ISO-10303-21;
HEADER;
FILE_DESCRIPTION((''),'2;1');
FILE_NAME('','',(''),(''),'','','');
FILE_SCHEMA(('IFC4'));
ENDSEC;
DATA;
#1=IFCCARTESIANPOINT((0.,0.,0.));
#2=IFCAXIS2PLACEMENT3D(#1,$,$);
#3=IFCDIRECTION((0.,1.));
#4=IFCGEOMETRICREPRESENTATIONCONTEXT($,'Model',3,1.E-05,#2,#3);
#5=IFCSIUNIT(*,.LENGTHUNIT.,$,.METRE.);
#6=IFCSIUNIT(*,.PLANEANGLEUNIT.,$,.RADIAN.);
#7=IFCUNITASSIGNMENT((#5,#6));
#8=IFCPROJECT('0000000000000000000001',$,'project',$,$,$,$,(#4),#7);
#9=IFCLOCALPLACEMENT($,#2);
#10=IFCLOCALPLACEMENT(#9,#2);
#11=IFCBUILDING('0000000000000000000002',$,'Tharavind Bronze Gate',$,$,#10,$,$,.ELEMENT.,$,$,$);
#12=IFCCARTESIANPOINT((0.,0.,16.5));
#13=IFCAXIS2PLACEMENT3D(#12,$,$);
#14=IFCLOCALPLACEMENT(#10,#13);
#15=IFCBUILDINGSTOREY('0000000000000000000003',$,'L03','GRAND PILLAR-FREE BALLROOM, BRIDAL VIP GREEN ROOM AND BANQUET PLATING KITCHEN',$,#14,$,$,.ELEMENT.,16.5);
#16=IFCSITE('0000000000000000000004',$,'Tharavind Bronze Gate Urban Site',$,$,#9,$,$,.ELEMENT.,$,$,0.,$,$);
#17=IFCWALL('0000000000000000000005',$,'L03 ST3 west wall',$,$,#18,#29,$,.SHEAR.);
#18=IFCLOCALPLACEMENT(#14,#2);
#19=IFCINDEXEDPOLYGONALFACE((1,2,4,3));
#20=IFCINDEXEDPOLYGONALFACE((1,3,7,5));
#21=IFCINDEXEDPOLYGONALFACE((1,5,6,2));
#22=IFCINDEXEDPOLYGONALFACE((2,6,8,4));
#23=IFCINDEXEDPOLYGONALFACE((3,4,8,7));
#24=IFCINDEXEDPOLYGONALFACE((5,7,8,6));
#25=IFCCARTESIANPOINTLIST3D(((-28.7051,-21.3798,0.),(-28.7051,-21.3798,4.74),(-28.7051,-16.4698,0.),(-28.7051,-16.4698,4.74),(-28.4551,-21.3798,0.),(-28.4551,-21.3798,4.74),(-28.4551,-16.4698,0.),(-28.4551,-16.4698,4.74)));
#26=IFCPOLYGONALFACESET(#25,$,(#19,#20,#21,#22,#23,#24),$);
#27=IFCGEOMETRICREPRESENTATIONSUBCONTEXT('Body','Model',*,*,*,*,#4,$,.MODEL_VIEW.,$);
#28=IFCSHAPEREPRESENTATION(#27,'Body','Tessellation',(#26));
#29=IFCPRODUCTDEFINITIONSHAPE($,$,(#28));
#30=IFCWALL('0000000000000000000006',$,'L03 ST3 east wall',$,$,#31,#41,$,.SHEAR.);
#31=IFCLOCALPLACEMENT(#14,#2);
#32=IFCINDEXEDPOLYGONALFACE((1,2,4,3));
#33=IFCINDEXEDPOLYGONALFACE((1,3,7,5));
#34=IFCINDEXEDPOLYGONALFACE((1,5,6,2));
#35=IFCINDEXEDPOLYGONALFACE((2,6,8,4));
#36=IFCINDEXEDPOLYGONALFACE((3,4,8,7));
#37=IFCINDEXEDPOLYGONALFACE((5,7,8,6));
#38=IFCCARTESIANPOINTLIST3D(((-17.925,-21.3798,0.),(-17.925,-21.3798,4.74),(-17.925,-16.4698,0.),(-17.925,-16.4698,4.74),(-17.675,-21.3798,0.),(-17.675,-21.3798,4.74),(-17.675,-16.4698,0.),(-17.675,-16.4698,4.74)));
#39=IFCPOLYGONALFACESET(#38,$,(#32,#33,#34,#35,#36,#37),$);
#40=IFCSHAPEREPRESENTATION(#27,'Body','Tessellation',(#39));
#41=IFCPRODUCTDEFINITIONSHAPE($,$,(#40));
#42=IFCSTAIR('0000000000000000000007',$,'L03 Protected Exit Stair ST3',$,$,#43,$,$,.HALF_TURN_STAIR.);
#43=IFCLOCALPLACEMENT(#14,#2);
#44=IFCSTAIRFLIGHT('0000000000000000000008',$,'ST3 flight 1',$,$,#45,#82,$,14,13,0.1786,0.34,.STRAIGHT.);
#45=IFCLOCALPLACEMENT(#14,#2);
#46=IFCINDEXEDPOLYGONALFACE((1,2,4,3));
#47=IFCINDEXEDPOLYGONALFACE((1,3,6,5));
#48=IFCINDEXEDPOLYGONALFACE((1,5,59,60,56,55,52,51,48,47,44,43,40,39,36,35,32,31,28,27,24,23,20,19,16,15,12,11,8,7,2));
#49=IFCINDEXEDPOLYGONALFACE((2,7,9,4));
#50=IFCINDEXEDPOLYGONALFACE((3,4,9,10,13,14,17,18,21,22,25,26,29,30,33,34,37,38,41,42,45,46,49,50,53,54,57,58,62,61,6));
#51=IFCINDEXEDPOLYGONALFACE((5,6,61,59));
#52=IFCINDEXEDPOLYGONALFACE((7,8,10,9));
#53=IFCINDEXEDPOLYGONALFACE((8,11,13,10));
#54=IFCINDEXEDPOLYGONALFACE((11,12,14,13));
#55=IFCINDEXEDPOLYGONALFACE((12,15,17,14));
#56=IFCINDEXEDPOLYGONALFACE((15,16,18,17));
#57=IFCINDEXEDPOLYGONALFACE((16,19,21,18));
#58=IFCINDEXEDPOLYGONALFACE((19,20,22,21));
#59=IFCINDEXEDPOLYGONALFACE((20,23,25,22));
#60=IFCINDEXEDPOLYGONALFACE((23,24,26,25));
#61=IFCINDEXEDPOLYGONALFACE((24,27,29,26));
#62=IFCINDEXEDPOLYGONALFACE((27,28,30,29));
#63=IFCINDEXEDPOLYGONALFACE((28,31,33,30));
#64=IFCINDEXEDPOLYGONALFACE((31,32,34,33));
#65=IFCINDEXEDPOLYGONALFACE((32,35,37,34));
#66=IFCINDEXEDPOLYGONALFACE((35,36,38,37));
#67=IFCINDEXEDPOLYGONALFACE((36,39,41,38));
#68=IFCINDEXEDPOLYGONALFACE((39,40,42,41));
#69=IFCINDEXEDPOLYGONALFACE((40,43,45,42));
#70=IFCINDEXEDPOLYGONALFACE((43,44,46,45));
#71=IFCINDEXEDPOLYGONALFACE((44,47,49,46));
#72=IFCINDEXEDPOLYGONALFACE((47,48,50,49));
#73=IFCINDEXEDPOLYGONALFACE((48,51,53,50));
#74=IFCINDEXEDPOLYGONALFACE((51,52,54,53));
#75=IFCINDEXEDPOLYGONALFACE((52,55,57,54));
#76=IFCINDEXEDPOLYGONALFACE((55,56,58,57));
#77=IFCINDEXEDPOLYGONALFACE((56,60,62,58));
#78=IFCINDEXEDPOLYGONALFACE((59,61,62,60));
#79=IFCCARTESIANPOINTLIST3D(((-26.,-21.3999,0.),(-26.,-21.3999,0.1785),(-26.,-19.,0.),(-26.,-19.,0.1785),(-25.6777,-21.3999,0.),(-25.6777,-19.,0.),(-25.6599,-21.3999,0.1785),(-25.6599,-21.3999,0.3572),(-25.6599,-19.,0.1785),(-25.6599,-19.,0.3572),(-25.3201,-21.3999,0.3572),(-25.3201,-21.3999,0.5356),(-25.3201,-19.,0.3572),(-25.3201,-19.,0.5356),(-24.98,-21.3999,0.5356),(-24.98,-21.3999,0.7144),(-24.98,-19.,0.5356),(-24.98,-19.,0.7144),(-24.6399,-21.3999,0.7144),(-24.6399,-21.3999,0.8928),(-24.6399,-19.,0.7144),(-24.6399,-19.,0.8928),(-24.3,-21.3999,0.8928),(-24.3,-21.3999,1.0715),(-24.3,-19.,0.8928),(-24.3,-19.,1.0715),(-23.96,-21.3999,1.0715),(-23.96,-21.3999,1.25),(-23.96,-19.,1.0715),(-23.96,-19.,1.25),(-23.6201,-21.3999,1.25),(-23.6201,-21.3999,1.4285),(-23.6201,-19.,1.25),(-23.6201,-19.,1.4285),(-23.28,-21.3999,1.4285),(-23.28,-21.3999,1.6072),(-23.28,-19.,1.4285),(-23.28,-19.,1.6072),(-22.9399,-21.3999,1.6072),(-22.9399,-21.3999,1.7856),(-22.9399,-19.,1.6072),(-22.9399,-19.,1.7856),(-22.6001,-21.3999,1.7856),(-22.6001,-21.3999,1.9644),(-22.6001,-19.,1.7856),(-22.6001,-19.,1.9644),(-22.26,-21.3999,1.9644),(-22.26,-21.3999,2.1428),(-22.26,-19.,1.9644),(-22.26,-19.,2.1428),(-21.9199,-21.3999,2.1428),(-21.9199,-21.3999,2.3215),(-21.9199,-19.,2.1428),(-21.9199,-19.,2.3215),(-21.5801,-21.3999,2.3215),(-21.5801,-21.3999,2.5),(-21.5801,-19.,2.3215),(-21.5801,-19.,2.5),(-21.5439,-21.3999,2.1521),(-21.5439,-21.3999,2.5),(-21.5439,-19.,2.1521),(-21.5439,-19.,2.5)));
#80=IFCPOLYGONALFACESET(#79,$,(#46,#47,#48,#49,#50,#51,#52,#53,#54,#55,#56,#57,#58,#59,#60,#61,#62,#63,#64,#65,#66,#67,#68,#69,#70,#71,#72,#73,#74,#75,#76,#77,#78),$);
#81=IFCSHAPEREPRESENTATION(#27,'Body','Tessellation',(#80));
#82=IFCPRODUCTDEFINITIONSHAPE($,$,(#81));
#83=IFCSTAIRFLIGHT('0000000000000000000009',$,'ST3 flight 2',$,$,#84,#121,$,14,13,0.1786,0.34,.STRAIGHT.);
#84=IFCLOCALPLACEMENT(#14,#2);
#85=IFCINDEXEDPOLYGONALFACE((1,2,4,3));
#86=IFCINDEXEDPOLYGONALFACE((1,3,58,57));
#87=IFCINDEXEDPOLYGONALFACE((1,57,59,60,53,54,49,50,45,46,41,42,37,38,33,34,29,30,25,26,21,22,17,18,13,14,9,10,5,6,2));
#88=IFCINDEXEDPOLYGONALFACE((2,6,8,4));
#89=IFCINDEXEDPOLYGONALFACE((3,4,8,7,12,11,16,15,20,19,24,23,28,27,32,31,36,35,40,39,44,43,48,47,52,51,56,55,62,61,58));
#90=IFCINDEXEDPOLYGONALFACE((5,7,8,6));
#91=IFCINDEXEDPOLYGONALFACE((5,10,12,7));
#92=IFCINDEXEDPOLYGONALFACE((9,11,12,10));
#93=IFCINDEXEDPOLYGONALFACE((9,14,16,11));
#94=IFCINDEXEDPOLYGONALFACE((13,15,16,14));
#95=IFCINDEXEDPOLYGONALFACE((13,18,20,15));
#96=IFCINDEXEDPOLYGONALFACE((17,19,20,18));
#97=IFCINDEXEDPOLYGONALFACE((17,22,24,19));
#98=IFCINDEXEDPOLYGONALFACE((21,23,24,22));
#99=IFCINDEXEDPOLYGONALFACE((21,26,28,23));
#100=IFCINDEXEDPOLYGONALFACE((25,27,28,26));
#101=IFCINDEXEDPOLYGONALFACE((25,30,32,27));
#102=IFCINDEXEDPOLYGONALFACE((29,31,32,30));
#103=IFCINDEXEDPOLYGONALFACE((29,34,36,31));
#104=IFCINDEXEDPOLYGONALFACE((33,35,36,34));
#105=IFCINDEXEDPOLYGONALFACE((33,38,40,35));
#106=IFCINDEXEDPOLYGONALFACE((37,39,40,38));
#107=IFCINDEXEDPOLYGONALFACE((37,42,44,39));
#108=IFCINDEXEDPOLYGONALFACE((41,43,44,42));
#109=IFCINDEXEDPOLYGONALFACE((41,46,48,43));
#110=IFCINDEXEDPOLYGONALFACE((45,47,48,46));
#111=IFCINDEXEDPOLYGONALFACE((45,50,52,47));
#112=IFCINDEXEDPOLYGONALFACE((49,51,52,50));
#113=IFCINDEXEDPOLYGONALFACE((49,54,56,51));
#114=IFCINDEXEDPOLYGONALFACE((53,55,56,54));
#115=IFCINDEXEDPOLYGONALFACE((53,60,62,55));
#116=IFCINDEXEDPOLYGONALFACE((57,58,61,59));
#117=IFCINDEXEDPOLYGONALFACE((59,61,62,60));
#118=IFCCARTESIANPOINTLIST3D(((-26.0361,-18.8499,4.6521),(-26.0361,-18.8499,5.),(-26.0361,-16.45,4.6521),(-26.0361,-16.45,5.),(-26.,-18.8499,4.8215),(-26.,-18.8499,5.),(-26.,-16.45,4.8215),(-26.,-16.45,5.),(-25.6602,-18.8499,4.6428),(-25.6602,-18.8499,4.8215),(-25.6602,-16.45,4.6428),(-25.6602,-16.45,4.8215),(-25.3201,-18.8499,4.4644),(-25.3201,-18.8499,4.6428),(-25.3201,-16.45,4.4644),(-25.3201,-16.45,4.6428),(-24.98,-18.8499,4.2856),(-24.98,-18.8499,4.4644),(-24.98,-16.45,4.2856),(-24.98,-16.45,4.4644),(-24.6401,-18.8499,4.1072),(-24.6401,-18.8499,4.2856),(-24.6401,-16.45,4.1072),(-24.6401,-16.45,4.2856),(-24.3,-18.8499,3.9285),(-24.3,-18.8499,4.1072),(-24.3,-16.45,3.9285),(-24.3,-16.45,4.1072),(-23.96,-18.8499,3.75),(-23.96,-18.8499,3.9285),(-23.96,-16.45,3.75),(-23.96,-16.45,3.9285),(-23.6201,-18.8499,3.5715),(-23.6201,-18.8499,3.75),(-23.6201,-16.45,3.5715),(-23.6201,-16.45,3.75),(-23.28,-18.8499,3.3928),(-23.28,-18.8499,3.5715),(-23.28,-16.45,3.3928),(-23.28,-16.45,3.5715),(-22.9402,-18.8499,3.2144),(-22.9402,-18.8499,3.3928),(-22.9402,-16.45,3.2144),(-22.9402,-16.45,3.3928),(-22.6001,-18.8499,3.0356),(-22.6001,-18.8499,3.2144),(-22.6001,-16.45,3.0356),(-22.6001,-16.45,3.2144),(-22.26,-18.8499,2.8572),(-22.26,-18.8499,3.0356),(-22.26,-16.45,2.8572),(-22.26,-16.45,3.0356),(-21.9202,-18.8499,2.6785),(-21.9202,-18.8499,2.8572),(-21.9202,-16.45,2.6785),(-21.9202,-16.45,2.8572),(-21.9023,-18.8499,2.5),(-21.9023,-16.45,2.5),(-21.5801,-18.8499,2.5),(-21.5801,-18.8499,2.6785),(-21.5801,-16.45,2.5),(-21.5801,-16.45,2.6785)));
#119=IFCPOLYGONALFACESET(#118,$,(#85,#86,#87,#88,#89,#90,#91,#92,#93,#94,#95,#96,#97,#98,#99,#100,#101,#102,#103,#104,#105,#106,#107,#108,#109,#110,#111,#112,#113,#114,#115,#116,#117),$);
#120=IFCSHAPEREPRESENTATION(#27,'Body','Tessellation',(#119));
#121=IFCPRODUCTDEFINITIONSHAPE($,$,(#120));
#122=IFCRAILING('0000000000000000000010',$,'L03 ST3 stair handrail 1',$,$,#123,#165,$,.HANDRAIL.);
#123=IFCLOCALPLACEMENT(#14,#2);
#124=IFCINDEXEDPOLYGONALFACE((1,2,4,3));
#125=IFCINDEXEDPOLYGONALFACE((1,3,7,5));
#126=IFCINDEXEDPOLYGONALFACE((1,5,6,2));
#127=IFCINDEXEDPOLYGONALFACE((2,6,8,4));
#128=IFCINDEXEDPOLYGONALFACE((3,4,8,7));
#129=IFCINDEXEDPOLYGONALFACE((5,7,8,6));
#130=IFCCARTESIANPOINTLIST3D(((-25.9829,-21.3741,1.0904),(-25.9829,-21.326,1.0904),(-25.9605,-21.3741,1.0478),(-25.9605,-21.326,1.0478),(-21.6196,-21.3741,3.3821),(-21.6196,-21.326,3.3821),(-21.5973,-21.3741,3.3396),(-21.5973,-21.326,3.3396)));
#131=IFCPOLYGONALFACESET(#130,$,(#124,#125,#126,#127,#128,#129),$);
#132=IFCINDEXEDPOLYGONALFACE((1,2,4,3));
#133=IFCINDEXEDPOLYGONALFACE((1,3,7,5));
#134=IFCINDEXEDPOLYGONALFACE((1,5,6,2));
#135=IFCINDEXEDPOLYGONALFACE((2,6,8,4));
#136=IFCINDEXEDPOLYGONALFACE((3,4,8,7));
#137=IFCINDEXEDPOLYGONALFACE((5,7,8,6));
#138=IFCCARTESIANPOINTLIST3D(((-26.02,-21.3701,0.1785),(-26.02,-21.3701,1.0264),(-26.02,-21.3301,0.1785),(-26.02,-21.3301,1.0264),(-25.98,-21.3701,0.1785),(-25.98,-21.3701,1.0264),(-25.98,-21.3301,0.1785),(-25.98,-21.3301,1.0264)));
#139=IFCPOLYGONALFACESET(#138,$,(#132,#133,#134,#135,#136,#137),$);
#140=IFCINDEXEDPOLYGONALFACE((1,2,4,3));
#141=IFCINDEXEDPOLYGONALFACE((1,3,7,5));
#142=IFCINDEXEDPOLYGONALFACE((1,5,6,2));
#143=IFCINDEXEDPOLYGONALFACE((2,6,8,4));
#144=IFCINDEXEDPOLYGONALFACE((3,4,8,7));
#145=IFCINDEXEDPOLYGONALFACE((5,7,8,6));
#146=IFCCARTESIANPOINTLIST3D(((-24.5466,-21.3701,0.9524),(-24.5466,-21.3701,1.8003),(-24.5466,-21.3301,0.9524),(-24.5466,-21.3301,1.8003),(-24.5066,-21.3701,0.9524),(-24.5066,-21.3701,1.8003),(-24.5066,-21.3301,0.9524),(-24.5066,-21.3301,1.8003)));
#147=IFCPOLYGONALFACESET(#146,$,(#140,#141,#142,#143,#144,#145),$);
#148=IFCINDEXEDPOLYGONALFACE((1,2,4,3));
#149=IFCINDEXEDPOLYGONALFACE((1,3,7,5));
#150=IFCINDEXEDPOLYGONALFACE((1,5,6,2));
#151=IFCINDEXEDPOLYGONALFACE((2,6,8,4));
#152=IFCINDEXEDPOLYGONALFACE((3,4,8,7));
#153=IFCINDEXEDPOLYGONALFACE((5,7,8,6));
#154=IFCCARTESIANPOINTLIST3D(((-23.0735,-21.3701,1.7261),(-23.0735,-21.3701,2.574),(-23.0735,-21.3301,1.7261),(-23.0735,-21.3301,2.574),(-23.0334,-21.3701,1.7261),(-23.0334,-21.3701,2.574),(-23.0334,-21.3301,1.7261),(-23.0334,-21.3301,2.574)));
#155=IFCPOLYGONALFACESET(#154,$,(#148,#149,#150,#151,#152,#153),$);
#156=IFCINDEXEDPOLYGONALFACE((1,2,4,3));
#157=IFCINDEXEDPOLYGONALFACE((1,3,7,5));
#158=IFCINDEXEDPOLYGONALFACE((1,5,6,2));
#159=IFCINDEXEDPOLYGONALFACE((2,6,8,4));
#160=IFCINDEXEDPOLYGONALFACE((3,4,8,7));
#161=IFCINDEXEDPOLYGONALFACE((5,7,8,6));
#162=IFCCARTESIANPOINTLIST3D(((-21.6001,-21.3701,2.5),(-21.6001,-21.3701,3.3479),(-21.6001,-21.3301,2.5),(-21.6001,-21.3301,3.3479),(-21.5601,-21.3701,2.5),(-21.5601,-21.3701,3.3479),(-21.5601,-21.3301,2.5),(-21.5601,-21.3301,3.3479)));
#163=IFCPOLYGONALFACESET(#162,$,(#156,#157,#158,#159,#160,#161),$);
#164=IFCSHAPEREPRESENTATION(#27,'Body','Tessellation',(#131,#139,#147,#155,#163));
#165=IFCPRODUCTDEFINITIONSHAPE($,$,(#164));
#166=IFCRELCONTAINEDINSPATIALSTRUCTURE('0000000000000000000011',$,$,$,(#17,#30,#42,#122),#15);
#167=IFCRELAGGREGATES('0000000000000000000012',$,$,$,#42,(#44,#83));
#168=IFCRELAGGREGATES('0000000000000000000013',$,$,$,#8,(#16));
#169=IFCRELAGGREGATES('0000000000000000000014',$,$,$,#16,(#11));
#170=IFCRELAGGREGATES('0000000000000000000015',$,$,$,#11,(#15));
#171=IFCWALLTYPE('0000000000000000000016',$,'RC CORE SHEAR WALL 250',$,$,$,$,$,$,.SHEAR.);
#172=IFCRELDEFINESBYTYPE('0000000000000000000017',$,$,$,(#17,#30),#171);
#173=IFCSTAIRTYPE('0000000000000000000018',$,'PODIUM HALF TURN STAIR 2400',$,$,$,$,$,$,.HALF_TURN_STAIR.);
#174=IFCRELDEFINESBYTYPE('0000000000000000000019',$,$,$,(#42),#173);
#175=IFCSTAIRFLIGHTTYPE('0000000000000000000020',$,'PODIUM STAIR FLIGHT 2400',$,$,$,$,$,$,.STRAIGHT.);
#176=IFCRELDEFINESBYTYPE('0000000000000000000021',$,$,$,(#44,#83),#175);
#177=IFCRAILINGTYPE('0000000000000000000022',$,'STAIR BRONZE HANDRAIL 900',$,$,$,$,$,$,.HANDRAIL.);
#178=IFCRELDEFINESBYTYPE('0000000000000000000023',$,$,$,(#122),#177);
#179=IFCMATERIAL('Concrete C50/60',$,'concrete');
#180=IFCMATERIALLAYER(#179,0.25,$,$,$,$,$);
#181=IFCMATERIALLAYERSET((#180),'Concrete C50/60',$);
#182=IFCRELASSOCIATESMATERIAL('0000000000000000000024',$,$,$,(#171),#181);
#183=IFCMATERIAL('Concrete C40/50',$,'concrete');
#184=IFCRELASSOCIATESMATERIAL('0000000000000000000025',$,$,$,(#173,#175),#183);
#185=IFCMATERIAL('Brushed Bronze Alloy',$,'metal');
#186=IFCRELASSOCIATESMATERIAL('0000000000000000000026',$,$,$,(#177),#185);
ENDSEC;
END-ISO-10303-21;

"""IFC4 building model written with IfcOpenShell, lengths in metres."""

from ifc_helpers import new_model, si_unit, direction, frame, frame_2d, origin, origin_2d, place, context, subcontext, project, spatial, polyline, rectangle, outline, extrude, material, layer, layer_set, type_object, element, aggregate, save


model = new_model("IFC4")

# Units and contexts
model_context = context("Model", 3, precision=1e-05, world=origin(), true_north=direction((0.0, 1.0)))
body_context = subcontext(model_context, "Body", "Model", "MODEL_VIEW")
ifc_project = project(units=[si_unit("LENGTHUNIT", "METRE"), si_unit("PLANEANGLEUNIT", "RADIAN")], contexts=[model_context])

# Site, building, storey
site_placement = place(None, origin())
site = spatial("IfcSite", under=ifc_project, at=site_placement, Name="Tharavind Bronze Gate Urban Site", CompositionType="ELEMENT", RefElevation=0.0)
building_placement = place(site_placement, origin())
building = spatial("IfcBuilding", under=site, at=building_placement, Name="Tharavind Bronze Gate", CompositionType="ELEMENT")
storey_placement = place(building_placement, frame((0.0, 0.0, 16.5)))
storey = spatial("IfcBuildingStorey", under=building, at=storey_placement, Name="L03", Description="GRAND PILLAR-FREE BALLROOM, BRIDAL VIP GREEN ROOM AND BANQUET PLATING KITCHEN", CompositionType="ELEMENT", Elevation=16.5)

# Shared definitions
ifc_material_1 = material(Name="Concrete C50/60", Category="concrete")
ifc_layer_1 = layer(ifc_material_1, 0.25)
ifc_layer_set_1 = layer_set([ifc_layer_1], Name="Concrete C50/60")
wall_type_1 = type_object("IfcWallType", Name="RC CORE SHEAR WALL 250", PredefinedType="SHEAR", material=ifc_layer_set_1)

# Walls
for number, where, z_axis, x_axis, name in (
    (1, (-28.5801, -21.3799, 0.0), (0.0, 0.0, 1.0), (0.0, 1.0, 0.0), "L03 ST3 west wall"),
    (2, (-17.8, -21.3799, 0.0), (0.0, 0.0, 1.0), (0.0, 1.0, 0.0), "L03 ST3 east wall"),
):
    element("IfcWall", number, at=place(storey_placement, frame(where, z_axis=z_axis, x_axis=x_axis)), inside=storey, type_object=wall_type_1, Name=name, PredefinedType="SHEAR", context=body_context, shape_type="SweptSolid", body=[
        extrude(rectangle(XDim=4.9099, YDim=0.25, at=frame_2d((2.4551, 0.0))), origin(), (0.0, 0.0, 1.0), 4.74),
    ])

# Stair, stair flights
ifc_material_2 = material(Name="Concrete C40/50", Category="concrete")
stair_type = type_object("IfcStairType", Name="PODIUM HALF TURN STAIR 2400", PredefinedType="HALF_TURN_STAIR", material=ifc_material_2)
stair_placement = place(storey_placement, origin())
stair = element("IfcStair", 3, at=stair_placement, inside=storey, type_object=stair_type, Name="L03 Protected Exit Stair ST3", PredefinedType="HALF_TURN_STAIR")
stair_flight_type = type_object("IfcStairFlightType", Name="PODIUM STAIR FLIGHT 2400", PredefinedType="STRAIGHT", material=ifc_material_2)
stair_flight_1_placement = place(storey_placement, frame((-26.0, -20.2, 0.0), z_axis=(0.0, 0.0, 1.0), x_axis=(1.0, 0.0, 0.0)))
stair_flight_1 = element("IfcStairFlight", 4, at=stair_flight_1_placement, type_object=stair_flight_type, Name="ST3 flight 1", NumberOfRisers=14, NumberOfTreads=13, PredefinedType="STRAIGHT", RiserHeight=0.1786, TreadLength=0.34, context=body_context, shape_type="SweptSolid", body=[
    extrude(outline(polyline([(0.0, 0.0), (0.0, 0.1785), (0.3401, 0.1785), (0.3401, 0.3572), (0.6799, 0.3572), (0.6799, 0.5356), (1.02, 0.5356), (1.02, 0.7144), (1.3601, 0.7144), (1.3601, 0.8928), (1.7, 0.8928), (1.7, 1.0715), (2.04, 1.0715), (2.04, 1.25), (2.3799, 1.25), (2.3799, 1.4285), (2.72, 1.4285), (2.72, 1.6072), (3.0601, 1.6072), (3.0601, 1.7856), (3.3999, 1.7856), (3.3999, 1.9644), (3.74, 1.9644), (3.74, 2.1428), (4.0801, 2.1428), (4.0801, 2.3215), (4.4199, 2.3215), (4.4199, 2.5), (4.4561, 2.5), (4.4561, 2.1521), (0.3223, 0.0), (0.0, 0.0)])), frame((0.0, 1.2, 0.0), z_axis=(0.0, -1.0, 0.0), x_axis=(1.0, 0.0, 0.0)), (0.0, 0.0, 1.0), 2.3999),
])
stair_flight_2_placement = place(storey_placement, frame((-21.5801, -17.6499, 2.5), z_axis=(0.0, 0.0, 1.0), x_axis=(-1.0, 0.0, 0.0)))
stair_flight_2 = element("IfcStairFlight", 5, at=stair_flight_2_placement, type_object=stair_flight_type, Name="ST3 flight 2", NumberOfRisers=14, NumberOfTreads=13, PredefinedType="STRAIGHT", RiserHeight=0.1786, TreadLength=0.34, context=body_context, shape_type="SweptSolid", body=[
    extrude(outline(polyline([(0.0, 0.0), (0.0, 0.1785), (0.3401, 0.1785), (0.3401, 0.3572), (0.6799, 0.3572), (0.6799, 0.5356), (1.02, 0.5356), (1.02, 0.7144), (1.3601, 0.7144), (1.3601, 0.8928), (1.7, 0.8928), (1.7, 1.0715), (2.04, 1.0715), (2.04, 1.25), (2.3799, 1.25), (2.3799, 1.4285), (2.72, 1.4285), (2.72, 1.6072), (3.0601, 1.6072), (3.0601, 1.7856), (3.3999, 1.7856), (3.3999, 1.9644), (3.74, 1.9644), (3.74, 2.1428), (4.0801, 2.1428), (4.0801, 2.3215), (4.4199, 2.3215), (4.4199, 2.5), (4.4561, 2.5), (4.4561, 2.1521), (0.3223, 0.0), (0.0, 0.0)])), frame((0.0, 1.2, 0.0), z_axis=(0.0, -1.0, 0.0), x_axis=(1.0, 0.0, 0.0)), (0.0, 0.0, 1.0), 2.3999),
])
aggregate(stair, [stair_flight_1, stair_flight_2])

# Railing
ifc_material_3 = material(Name="Brushed Bronze Alloy", Category="metal")
railing_type_1 = type_object("IfcRailingType", Name="STAIR BRONZE HANDRAIL 900", PredefinedType="HANDRAIL", material=ifc_material_3)
railing_1_placement = place(storey_placement, frame((-26.0, -21.3501, 0.1785)))
element("IfcRailing", 6, at=railing_1_placement, inside=storey, type_object=railing_type_1, Name="L03 ST3 stair handrail 1", PredefinedType="HANDRAIL", context=body_context, shape_type="SweptSolid", body=[
    extrude(rectangle(XDim=0.0481, YDim=0.0481, at=origin_2d()), frame((0.0283, 0.0, 0.8906), z_axis=(0.885309, 0.0, 0.465003), x_axis=(0.0, 1.0, 0.0)), (0.0, 0.0, 1.0), 4.9285),
    extrude(rectangle(XDim=0.04, YDim=0.04, at=origin_2d()), origin(), (0.0, 0.0, 1.0), 0.8479),
    extrude(rectangle(XDim=0.04, YDim=0.04, at=origin_2d()), frame((1.4734, 0.0, 0.7739)), (0.0, 0.0, 1.0), 0.8479),
    extrude(rectangle(XDim=0.04, YDim=0.04, at=origin_2d()), frame((2.9465, 0.0, 1.5476)), (0.0, 0.0, 1.0), 0.8479),
    extrude(rectangle(XDim=0.04, YDim=0.04, at=origin_2d()), frame((4.4199, 0.0, 2.3215)), (0.0, 0.0, 1.0), 0.8479),
])

save(model, "model.ifc")
